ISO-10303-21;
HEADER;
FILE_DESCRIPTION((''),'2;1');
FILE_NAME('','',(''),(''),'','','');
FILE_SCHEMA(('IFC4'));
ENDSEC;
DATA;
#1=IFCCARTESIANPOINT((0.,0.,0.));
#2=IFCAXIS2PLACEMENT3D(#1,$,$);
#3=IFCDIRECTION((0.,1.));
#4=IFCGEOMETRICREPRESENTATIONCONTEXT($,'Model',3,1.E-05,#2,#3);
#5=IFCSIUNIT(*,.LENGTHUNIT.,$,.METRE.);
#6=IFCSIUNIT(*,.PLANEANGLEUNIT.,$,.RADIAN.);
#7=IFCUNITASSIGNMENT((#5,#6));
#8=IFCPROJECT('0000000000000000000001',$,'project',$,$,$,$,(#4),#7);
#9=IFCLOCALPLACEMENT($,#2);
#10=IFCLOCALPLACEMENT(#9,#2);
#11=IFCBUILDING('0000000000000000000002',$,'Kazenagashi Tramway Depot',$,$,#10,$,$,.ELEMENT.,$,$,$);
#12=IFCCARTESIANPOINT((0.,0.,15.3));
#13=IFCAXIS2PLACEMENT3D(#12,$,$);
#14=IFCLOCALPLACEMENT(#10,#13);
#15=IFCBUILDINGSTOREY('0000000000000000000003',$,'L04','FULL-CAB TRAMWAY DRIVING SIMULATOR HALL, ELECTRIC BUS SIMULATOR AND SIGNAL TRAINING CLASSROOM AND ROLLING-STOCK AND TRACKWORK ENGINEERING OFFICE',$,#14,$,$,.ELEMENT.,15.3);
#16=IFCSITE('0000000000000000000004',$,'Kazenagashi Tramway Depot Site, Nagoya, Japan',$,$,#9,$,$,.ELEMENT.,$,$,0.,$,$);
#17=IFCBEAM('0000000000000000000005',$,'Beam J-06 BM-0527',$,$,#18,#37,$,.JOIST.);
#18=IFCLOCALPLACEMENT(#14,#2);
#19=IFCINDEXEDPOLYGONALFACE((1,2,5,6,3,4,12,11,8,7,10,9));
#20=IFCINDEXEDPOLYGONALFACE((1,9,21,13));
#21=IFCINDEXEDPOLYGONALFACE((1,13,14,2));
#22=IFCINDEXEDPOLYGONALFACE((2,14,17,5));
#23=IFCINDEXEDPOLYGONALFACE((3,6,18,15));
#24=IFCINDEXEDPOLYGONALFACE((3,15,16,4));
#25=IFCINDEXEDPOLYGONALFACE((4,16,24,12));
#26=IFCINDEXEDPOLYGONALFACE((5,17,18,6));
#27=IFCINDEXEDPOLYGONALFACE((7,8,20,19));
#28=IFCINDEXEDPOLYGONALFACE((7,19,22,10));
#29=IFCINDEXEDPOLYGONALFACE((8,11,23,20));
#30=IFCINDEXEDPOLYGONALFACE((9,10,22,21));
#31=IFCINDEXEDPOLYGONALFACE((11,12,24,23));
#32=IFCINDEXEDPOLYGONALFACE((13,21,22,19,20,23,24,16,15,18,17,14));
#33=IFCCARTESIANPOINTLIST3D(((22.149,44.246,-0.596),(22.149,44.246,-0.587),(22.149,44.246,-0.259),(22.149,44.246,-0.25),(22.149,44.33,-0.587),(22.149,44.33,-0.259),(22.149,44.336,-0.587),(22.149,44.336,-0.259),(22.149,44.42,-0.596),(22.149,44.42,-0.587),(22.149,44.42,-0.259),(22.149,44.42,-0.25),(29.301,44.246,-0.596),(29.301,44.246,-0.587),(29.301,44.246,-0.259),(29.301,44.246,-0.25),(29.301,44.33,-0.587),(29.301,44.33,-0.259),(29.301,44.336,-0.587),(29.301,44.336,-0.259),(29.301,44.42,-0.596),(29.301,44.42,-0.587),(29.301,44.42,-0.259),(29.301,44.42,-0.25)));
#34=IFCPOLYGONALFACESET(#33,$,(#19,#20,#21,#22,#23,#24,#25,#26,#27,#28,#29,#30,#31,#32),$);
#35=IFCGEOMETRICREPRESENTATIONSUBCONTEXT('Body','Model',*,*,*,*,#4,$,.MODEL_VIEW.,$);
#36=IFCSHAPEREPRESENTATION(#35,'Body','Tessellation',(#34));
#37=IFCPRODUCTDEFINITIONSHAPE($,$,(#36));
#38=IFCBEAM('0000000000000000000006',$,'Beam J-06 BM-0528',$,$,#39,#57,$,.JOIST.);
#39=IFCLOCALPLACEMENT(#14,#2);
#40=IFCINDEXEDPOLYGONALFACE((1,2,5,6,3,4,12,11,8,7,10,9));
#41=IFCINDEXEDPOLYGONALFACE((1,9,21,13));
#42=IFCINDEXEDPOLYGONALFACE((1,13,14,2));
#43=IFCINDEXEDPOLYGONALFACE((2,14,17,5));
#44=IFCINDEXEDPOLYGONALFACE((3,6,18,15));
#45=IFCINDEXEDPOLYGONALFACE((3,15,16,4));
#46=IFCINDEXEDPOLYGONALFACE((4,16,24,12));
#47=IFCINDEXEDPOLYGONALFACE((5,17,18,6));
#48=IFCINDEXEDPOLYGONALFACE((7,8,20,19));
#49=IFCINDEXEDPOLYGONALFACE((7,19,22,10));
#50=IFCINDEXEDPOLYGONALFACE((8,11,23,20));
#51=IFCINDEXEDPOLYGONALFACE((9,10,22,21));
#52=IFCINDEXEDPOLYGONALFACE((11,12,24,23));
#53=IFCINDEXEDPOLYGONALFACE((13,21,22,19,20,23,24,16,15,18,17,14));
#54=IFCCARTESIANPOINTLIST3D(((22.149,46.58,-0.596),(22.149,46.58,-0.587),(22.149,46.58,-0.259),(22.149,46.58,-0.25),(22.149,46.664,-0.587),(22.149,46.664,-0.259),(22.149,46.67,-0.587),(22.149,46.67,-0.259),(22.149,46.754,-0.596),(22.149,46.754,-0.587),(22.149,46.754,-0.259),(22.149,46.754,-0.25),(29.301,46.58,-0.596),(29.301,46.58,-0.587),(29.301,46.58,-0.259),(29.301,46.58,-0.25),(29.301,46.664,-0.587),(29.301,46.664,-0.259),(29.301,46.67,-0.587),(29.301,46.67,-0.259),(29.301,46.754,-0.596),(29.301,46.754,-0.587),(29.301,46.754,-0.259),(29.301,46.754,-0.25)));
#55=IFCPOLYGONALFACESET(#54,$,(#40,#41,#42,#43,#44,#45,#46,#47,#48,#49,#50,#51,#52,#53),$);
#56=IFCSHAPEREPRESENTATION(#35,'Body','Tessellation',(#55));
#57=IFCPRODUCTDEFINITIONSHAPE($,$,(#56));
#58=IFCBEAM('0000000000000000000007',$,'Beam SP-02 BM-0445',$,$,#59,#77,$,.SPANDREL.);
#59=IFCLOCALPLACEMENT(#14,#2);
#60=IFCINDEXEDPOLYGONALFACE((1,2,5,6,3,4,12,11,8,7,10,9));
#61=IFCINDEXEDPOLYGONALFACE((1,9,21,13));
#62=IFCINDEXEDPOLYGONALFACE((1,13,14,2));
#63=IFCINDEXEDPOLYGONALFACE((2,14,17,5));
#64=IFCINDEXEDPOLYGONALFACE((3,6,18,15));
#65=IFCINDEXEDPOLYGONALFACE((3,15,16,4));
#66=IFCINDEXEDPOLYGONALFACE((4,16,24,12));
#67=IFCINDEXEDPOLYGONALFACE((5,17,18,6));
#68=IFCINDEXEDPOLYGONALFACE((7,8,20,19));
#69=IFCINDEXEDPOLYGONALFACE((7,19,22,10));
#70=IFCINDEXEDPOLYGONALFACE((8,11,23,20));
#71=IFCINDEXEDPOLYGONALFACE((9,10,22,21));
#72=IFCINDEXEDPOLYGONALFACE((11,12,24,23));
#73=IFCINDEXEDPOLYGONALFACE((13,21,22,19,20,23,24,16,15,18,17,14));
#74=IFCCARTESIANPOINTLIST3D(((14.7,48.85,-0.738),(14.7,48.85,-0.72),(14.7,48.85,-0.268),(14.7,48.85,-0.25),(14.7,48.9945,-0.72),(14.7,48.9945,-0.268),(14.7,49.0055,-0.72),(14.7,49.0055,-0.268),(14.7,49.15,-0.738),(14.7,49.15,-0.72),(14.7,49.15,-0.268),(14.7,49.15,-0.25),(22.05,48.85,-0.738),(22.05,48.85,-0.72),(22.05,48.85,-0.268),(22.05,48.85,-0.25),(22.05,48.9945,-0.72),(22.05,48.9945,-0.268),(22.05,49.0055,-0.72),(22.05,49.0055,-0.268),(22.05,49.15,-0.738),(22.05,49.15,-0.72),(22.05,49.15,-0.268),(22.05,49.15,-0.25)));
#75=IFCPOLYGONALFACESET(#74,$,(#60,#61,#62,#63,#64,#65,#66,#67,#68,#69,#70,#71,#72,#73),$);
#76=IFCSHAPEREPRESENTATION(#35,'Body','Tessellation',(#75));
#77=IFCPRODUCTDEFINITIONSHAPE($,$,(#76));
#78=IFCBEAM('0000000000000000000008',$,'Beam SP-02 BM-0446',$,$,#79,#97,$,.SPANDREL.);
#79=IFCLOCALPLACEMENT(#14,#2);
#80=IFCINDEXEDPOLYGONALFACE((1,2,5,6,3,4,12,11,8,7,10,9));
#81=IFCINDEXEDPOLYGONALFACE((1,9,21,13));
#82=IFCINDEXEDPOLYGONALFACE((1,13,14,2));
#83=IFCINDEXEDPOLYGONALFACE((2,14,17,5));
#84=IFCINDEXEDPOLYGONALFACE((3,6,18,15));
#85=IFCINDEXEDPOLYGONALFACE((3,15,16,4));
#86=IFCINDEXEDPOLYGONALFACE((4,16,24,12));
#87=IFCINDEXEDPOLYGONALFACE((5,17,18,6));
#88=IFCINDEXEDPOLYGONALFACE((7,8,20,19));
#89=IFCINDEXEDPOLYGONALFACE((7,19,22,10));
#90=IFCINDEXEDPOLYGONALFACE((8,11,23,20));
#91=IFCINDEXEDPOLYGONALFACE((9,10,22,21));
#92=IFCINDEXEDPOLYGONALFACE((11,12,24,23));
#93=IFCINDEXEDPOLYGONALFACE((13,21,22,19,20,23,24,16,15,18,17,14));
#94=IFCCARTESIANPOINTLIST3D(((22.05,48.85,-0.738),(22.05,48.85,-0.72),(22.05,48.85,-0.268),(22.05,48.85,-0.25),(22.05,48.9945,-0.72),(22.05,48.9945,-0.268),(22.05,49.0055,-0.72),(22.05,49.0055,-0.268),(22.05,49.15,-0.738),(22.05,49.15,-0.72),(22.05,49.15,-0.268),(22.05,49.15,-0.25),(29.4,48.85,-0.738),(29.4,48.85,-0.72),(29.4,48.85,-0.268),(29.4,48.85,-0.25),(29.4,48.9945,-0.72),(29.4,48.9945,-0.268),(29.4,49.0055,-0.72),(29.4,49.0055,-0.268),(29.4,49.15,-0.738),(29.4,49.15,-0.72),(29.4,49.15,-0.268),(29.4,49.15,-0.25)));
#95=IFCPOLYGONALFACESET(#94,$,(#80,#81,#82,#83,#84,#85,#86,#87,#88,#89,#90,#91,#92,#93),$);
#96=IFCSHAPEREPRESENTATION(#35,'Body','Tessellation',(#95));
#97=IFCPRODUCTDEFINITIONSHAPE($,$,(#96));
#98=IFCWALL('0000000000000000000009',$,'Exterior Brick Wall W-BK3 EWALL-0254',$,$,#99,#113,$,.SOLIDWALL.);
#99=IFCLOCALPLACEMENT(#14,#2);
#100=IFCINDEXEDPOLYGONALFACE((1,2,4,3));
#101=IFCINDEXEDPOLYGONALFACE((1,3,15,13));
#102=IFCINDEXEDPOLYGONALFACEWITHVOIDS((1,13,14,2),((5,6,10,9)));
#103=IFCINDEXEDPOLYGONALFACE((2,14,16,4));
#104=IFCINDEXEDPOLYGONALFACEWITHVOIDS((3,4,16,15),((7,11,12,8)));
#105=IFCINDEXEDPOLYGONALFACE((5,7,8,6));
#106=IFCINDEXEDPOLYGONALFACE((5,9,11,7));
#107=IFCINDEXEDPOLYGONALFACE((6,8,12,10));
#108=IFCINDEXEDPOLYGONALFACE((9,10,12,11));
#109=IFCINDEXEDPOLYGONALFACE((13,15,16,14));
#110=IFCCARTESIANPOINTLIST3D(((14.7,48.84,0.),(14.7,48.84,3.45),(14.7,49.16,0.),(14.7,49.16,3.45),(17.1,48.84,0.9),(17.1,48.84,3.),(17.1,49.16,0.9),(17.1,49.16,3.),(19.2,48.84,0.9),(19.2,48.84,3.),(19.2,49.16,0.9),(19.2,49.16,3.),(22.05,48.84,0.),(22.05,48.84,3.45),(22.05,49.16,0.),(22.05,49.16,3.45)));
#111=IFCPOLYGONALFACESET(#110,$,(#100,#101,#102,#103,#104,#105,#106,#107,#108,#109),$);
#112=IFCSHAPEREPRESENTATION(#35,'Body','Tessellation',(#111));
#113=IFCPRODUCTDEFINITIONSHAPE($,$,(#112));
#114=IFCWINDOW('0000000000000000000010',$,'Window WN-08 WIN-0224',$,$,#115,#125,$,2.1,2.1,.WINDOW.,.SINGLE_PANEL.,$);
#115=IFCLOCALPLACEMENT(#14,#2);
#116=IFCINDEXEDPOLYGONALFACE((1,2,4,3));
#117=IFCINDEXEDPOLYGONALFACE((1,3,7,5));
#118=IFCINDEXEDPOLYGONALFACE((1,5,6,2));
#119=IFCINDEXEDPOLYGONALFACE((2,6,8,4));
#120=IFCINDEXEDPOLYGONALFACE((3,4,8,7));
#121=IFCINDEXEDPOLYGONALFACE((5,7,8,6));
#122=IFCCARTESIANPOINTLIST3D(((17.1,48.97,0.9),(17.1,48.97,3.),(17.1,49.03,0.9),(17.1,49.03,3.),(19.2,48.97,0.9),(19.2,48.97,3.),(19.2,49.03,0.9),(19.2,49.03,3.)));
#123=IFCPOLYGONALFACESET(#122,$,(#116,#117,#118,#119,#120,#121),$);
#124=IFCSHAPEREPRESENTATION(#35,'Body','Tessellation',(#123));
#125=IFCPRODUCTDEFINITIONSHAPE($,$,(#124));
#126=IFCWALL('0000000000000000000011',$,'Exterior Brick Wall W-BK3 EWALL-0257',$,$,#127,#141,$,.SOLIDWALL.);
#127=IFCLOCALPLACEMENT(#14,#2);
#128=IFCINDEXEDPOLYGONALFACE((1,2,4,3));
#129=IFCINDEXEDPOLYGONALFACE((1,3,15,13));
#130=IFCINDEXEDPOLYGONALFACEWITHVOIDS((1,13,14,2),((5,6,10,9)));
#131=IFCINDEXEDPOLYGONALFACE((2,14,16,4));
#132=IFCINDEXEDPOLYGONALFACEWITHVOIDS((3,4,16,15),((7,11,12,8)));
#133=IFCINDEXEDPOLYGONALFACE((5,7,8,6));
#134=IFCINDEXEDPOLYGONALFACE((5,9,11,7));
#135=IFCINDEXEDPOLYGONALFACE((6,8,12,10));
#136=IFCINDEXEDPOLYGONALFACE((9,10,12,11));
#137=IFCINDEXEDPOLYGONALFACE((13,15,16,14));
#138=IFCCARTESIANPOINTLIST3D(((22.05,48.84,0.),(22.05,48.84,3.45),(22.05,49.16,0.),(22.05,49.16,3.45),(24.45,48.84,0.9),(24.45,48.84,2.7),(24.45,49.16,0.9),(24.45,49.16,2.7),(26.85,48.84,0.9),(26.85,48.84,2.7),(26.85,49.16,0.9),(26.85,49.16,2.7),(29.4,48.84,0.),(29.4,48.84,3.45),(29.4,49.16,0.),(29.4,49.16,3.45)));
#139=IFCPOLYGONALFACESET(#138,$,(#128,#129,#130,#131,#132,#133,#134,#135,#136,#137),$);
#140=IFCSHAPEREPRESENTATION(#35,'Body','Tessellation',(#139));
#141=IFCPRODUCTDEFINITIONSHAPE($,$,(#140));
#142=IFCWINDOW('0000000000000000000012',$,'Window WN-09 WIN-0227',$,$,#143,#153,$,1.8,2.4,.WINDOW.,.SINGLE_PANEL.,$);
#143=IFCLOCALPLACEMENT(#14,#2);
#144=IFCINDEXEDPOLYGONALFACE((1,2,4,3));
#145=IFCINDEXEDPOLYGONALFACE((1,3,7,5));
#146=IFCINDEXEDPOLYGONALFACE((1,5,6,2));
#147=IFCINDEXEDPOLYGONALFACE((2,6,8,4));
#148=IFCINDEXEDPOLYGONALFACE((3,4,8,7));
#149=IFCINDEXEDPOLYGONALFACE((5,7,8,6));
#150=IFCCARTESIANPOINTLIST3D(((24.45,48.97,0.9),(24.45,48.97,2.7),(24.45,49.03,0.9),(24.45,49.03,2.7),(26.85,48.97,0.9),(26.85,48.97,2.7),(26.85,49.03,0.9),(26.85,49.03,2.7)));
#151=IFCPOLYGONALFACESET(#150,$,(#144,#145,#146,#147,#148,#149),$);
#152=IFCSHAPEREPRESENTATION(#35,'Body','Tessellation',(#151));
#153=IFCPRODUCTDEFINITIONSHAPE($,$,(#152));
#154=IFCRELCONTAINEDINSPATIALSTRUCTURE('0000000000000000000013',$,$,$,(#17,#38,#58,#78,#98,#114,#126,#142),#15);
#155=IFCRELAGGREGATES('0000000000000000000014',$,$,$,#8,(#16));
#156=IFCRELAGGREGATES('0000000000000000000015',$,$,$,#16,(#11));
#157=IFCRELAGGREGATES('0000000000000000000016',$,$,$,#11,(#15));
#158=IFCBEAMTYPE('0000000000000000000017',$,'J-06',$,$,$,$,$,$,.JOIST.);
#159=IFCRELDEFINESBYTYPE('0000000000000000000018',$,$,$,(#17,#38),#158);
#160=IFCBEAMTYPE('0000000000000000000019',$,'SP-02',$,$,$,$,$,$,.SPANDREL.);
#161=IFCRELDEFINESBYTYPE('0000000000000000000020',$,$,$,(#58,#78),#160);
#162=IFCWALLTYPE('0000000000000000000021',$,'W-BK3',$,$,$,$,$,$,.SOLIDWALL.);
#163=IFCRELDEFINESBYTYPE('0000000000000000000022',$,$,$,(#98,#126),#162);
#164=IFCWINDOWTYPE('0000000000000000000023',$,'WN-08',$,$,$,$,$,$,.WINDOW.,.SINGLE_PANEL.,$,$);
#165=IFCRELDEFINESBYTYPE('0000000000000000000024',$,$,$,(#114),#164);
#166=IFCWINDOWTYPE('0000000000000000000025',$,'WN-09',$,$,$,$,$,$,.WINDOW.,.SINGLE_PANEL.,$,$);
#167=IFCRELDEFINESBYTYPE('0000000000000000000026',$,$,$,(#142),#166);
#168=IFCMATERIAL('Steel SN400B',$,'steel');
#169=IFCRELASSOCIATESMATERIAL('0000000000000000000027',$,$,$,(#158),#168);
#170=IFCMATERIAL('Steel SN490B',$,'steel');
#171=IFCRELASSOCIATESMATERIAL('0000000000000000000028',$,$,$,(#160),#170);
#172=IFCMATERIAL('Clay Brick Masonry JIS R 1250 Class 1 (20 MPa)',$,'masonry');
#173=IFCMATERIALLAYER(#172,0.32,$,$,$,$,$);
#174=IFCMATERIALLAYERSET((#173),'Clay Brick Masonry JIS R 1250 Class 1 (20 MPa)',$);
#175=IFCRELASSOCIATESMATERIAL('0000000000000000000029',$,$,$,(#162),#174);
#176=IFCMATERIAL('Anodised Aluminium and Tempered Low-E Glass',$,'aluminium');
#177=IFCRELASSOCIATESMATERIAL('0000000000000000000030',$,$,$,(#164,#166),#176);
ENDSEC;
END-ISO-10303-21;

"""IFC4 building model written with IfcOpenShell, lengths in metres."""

from ifc_helpers import new_model, si_unit, direction, frame, frame_2d, origin, origin_2d, place, context, subcontext, project, spatial, rectangle, i_section, extrude, material, layer, layer_set, material_profile, profile_set, type_object, element, fill, save


model = new_model("IFC4")

# Units and contexts
model_context = context("Model", 3, precision=1e-05, world=origin(), true_north=direction((0.0, 1.0)))
body_context = subcontext(model_context, "Body", "Model", "MODEL_VIEW")
ifc_project = project(units=[si_unit("LENGTHUNIT", "METRE"), si_unit("PLANEANGLEUNIT", "RADIAN")], contexts=[model_context])

# Site, building, storey
site_placement = place(None, origin())
site = spatial("IfcSite", under=ifc_project, at=site_placement, Name="Kazenagashi Tramway Depot Site, Nagoya, Japan", CompositionType="ELEMENT", RefElevation=0.0)
building_placement = place(site_placement, origin())
building = spatial("IfcBuilding", under=site, at=building_placement, Name="Kazenagashi Tramway Depot", CompositionType="ELEMENT")
storey_placement = place(building_placement, frame((0.0, 0.0, 15.3)))
storey = spatial("IfcBuildingStorey", under=building, at=storey_placement, Name="L04", Description="FULL-CAB TRAMWAY DRIVING SIMULATOR HALL, ELECTRIC BUS SIMULATOR AND SIGNAL TRAINING CLASSROOM AND ROLLING-STOCK AND TRACKWORK ENGINEERING OFFICE", CompositionType="ELEMENT", Elevation=15.3)

# Shared definitions
ifc_material_1 = material(Name="Steel SN490B", Category="steel")

# Beams
ifc_material_2 = material(Name="Steel SN400B", Category="steel")
ifc_material_profile_1 = material_profile(ifc_material_2, i_section(OverallWidth=0.174, OverallDepth=0.346, WebThickness=0.006, FlangeThickness=0.009, at=origin_2d()), Name="H-346x174x6x9")
ifc_profile_set_1 = profile_set([ifc_material_profile_1], Name="Steel SN400B")
beam_type_1 = type_object("IfcBeamType", Name="J-06", PredefinedType="JOIST", material=ifc_profile_set_1)
for number, where, z_axis, x_axis, name in (
    (1, (22.149, 44.333, -0.423), (1.0, 0.0, 0.0), (0.0, 1.0, 0.0), "Beam J-06 BM-0527"),
    (2, (22.149, 46.667, -0.423), (1.0, 0.0, 0.0), (0.0, 1.0, 0.0), "Beam J-06 BM-0528"),
):
    element("IfcBeam", number, at=place(storey_placement, frame(where, z_axis=z_axis, x_axis=x_axis)), inside=storey, type_object=beam_type_1, Name=name, PredefinedType="JOIST", context=body_context, shape_type="SweptSolid", body=[
        extrude(i_section(OverallWidth=0.174, OverallDepth=0.346, WebThickness=0.006, FlangeThickness=0.009, at=origin_2d()), origin(), (0.0, 0.0, 1.0), 7.152),
    ])
ifc_material_profile_2 = material_profile(ifc_material_1, i_section(OverallWidth=0.3, OverallDepth=0.488, WebThickness=0.011, FlangeThickness=0.018, at=origin_2d()), Name="H-488x300x11x18")
ifc_profile_set_2 = profile_set([ifc_material_profile_2], Name="Steel SN490B")
beam_type_2 = type_object("IfcBeamType", Name="SP-02", PredefinedType="SPANDREL", material=ifc_profile_set_2)
for number, where, z_axis, x_axis, name in (
    (3, (14.7, 49.0, -0.494), (1.0, 0.0, 0.0), (0.0, 1.0, 0.0), "Beam SP-02 BM-0445"),
    (4, (22.05, 49.0, -0.494), (1.0, 0.0, 0.0), (0.0, 1.0, 0.0), "Beam SP-02 BM-0446"),
):
    element("IfcBeam", number, at=place(storey_placement, frame(where, z_axis=z_axis, x_axis=x_axis)), inside=storey, type_object=beam_type_2, Name=name, PredefinedType="SPANDREL", context=body_context, shape_type="SweptSolid", body=[
        extrude(i_section(OverallWidth=0.3, OverallDepth=0.488, WebThickness=0.011, FlangeThickness=0.018, at=origin_2d()), origin(), (0.0, 0.0, 1.0), 7.35),
    ])

# Walls, openings, windows
ifc_material_3 = material(Name="Clay Brick Masonry JIS R 1250 Class 1 (20 MPa)", Category="masonry")
ifc_layer_1 = layer(ifc_material_3, 0.32)
ifc_layer_set_1 = layer_set([ifc_layer_1], Name="Clay Brick Masonry JIS R 1250 Class 1 (20 MPa)")
wall_type_1 = type_object("IfcWallType", Name="W-BK3", PredefinedType="SOLIDWALL", material=ifc_layer_set_1)
wall_1_placement = place(storey_placement, frame((14.7, 49.0, 0.0), z_axis=(0.0, 0.0, 1.0), x_axis=(1.0, 0.0, 0.0)))
wall_1 = element("IfcWall", 5, at=wall_1_placement, inside=storey, type_object=wall_type_1, Name="Exterior Brick Wall W-BK3 EWALL-0254", PredefinedType="SOLIDWALL", context=body_context, shape_type="SweptSolid", body=[
    extrude(rectangle(XDim=7.35, YDim=0.32, at=frame_2d((3.675, 0.0))), origin(), (0.0, 0.0, 1.0), 3.45),
])
opening_1_placement = place(wall_1_placement, frame((2.4, 0.0, 0.9)))
opening_1 = element("IfcOpeningElement", 6, at=opening_1_placement, cuts=wall_1, PredefinedType="OPENING", context=body_context, shape_type="SweptSolid", body=[
    extrude(rectangle(XDim=2.1, YDim=2.1, at=frame_2d((1.05, 1.05))), frame((0.0, 0.17, 0.0), z_axis=(0.0, -1.0, 0.0), x_axis=(1.0, 0.0, 0.0)), (0.0, 0.0, 1.0), 0.34),
])
ifc_material_4 = material(Name="Anodised Aluminium and Tempered Low-E Glass", Category="aluminium")
window_type_1 = type_object("IfcWindowType", Name="WN-08", PartitioningType="SINGLE_PANEL", PredefinedType="WINDOW", material=ifc_material_4)
window_1_placement = place(opening_1_placement, origin())
window_1 = element("IfcWindow", 7, at=window_1_placement, inside=storey, type_object=window_type_1, Name="Window WN-08 WIN-0224", OverallHeight=2.1, OverallWidth=2.1, PartitioningType="SINGLE_PANEL", PredefinedType="WINDOW", context=body_context, shape_type="SweptSolid", body=[
    extrude(rectangle(XDim=2.1, YDim=2.1, at=frame_2d((1.05, 1.05))), frame((0.0, 0.03, 0.0), z_axis=(0.0, -1.0, 0.0), x_axis=(1.0, 0.0, 0.0)), (0.0, 0.0, 1.0), 0.06),
])
fill(opening_1, window_1)
wall_2_placement = place(storey_placement, frame((22.05, 49.0, 0.0), z_axis=(0.0, 0.0, 1.0), x_axis=(1.0, 0.0, 0.0)))
wall_2 = element("IfcWall", 8, at=wall_2_placement, inside=storey, type_object=wall_type_1, Name="Exterior Brick Wall W-BK3 EWALL-0257", PredefinedType="SOLIDWALL", context=body_context, shape_type="SweptSolid", body=[
    extrude(rectangle(XDim=7.35, YDim=0.32, at=frame_2d((3.675, 0.0))), origin(), (0.0, 0.0, 1.0), 3.45),
])
opening_2_placement = place(wall_2_placement, frame((2.4, 0.0, 0.9)))
opening_2 = element("IfcOpeningElement", 9, at=opening_2_placement, cuts=wall_2, PredefinedType="OPENING", context=body_context, shape_type="SweptSolid", body=[
    extrude(rectangle(XDim=2.4, YDim=1.8, at=frame_2d((1.2, 0.9))), frame((0.0, 0.17, 0.0), z_axis=(0.0, -1.0, 0.0), x_axis=(1.0, 0.0, 0.0)), (0.0, 0.0, 1.0), 0.34),
])
window_type_2 = type_object("IfcWindowType", Name="WN-09", PartitioningType="SINGLE_PANEL", PredefinedType="WINDOW", material=ifc_material_4)
window_2_placement = place(opening_2_placement, origin())
window_2 = element("IfcWindow", 10, at=window_2_placement, inside=storey, type_object=window_type_2, Name="Window WN-09 WIN-0227", OverallHeight=1.8, OverallWidth=2.4, PartitioningType="SINGLE_PANEL", PredefinedType="WINDOW", context=body_context, shape_type="SweptSolid", body=[
    extrude(rectangle(XDim=2.4, YDim=1.8, at=frame_2d((1.2, 0.9))), frame((0.0, 0.03, 0.0), z_axis=(0.0, -1.0, 0.0), x_axis=(1.0, 0.0, 0.0)), (0.0, 0.0, 1.0), 0.06),
])
fill(opening_2, window_2)

save(model, "model.ifc")
